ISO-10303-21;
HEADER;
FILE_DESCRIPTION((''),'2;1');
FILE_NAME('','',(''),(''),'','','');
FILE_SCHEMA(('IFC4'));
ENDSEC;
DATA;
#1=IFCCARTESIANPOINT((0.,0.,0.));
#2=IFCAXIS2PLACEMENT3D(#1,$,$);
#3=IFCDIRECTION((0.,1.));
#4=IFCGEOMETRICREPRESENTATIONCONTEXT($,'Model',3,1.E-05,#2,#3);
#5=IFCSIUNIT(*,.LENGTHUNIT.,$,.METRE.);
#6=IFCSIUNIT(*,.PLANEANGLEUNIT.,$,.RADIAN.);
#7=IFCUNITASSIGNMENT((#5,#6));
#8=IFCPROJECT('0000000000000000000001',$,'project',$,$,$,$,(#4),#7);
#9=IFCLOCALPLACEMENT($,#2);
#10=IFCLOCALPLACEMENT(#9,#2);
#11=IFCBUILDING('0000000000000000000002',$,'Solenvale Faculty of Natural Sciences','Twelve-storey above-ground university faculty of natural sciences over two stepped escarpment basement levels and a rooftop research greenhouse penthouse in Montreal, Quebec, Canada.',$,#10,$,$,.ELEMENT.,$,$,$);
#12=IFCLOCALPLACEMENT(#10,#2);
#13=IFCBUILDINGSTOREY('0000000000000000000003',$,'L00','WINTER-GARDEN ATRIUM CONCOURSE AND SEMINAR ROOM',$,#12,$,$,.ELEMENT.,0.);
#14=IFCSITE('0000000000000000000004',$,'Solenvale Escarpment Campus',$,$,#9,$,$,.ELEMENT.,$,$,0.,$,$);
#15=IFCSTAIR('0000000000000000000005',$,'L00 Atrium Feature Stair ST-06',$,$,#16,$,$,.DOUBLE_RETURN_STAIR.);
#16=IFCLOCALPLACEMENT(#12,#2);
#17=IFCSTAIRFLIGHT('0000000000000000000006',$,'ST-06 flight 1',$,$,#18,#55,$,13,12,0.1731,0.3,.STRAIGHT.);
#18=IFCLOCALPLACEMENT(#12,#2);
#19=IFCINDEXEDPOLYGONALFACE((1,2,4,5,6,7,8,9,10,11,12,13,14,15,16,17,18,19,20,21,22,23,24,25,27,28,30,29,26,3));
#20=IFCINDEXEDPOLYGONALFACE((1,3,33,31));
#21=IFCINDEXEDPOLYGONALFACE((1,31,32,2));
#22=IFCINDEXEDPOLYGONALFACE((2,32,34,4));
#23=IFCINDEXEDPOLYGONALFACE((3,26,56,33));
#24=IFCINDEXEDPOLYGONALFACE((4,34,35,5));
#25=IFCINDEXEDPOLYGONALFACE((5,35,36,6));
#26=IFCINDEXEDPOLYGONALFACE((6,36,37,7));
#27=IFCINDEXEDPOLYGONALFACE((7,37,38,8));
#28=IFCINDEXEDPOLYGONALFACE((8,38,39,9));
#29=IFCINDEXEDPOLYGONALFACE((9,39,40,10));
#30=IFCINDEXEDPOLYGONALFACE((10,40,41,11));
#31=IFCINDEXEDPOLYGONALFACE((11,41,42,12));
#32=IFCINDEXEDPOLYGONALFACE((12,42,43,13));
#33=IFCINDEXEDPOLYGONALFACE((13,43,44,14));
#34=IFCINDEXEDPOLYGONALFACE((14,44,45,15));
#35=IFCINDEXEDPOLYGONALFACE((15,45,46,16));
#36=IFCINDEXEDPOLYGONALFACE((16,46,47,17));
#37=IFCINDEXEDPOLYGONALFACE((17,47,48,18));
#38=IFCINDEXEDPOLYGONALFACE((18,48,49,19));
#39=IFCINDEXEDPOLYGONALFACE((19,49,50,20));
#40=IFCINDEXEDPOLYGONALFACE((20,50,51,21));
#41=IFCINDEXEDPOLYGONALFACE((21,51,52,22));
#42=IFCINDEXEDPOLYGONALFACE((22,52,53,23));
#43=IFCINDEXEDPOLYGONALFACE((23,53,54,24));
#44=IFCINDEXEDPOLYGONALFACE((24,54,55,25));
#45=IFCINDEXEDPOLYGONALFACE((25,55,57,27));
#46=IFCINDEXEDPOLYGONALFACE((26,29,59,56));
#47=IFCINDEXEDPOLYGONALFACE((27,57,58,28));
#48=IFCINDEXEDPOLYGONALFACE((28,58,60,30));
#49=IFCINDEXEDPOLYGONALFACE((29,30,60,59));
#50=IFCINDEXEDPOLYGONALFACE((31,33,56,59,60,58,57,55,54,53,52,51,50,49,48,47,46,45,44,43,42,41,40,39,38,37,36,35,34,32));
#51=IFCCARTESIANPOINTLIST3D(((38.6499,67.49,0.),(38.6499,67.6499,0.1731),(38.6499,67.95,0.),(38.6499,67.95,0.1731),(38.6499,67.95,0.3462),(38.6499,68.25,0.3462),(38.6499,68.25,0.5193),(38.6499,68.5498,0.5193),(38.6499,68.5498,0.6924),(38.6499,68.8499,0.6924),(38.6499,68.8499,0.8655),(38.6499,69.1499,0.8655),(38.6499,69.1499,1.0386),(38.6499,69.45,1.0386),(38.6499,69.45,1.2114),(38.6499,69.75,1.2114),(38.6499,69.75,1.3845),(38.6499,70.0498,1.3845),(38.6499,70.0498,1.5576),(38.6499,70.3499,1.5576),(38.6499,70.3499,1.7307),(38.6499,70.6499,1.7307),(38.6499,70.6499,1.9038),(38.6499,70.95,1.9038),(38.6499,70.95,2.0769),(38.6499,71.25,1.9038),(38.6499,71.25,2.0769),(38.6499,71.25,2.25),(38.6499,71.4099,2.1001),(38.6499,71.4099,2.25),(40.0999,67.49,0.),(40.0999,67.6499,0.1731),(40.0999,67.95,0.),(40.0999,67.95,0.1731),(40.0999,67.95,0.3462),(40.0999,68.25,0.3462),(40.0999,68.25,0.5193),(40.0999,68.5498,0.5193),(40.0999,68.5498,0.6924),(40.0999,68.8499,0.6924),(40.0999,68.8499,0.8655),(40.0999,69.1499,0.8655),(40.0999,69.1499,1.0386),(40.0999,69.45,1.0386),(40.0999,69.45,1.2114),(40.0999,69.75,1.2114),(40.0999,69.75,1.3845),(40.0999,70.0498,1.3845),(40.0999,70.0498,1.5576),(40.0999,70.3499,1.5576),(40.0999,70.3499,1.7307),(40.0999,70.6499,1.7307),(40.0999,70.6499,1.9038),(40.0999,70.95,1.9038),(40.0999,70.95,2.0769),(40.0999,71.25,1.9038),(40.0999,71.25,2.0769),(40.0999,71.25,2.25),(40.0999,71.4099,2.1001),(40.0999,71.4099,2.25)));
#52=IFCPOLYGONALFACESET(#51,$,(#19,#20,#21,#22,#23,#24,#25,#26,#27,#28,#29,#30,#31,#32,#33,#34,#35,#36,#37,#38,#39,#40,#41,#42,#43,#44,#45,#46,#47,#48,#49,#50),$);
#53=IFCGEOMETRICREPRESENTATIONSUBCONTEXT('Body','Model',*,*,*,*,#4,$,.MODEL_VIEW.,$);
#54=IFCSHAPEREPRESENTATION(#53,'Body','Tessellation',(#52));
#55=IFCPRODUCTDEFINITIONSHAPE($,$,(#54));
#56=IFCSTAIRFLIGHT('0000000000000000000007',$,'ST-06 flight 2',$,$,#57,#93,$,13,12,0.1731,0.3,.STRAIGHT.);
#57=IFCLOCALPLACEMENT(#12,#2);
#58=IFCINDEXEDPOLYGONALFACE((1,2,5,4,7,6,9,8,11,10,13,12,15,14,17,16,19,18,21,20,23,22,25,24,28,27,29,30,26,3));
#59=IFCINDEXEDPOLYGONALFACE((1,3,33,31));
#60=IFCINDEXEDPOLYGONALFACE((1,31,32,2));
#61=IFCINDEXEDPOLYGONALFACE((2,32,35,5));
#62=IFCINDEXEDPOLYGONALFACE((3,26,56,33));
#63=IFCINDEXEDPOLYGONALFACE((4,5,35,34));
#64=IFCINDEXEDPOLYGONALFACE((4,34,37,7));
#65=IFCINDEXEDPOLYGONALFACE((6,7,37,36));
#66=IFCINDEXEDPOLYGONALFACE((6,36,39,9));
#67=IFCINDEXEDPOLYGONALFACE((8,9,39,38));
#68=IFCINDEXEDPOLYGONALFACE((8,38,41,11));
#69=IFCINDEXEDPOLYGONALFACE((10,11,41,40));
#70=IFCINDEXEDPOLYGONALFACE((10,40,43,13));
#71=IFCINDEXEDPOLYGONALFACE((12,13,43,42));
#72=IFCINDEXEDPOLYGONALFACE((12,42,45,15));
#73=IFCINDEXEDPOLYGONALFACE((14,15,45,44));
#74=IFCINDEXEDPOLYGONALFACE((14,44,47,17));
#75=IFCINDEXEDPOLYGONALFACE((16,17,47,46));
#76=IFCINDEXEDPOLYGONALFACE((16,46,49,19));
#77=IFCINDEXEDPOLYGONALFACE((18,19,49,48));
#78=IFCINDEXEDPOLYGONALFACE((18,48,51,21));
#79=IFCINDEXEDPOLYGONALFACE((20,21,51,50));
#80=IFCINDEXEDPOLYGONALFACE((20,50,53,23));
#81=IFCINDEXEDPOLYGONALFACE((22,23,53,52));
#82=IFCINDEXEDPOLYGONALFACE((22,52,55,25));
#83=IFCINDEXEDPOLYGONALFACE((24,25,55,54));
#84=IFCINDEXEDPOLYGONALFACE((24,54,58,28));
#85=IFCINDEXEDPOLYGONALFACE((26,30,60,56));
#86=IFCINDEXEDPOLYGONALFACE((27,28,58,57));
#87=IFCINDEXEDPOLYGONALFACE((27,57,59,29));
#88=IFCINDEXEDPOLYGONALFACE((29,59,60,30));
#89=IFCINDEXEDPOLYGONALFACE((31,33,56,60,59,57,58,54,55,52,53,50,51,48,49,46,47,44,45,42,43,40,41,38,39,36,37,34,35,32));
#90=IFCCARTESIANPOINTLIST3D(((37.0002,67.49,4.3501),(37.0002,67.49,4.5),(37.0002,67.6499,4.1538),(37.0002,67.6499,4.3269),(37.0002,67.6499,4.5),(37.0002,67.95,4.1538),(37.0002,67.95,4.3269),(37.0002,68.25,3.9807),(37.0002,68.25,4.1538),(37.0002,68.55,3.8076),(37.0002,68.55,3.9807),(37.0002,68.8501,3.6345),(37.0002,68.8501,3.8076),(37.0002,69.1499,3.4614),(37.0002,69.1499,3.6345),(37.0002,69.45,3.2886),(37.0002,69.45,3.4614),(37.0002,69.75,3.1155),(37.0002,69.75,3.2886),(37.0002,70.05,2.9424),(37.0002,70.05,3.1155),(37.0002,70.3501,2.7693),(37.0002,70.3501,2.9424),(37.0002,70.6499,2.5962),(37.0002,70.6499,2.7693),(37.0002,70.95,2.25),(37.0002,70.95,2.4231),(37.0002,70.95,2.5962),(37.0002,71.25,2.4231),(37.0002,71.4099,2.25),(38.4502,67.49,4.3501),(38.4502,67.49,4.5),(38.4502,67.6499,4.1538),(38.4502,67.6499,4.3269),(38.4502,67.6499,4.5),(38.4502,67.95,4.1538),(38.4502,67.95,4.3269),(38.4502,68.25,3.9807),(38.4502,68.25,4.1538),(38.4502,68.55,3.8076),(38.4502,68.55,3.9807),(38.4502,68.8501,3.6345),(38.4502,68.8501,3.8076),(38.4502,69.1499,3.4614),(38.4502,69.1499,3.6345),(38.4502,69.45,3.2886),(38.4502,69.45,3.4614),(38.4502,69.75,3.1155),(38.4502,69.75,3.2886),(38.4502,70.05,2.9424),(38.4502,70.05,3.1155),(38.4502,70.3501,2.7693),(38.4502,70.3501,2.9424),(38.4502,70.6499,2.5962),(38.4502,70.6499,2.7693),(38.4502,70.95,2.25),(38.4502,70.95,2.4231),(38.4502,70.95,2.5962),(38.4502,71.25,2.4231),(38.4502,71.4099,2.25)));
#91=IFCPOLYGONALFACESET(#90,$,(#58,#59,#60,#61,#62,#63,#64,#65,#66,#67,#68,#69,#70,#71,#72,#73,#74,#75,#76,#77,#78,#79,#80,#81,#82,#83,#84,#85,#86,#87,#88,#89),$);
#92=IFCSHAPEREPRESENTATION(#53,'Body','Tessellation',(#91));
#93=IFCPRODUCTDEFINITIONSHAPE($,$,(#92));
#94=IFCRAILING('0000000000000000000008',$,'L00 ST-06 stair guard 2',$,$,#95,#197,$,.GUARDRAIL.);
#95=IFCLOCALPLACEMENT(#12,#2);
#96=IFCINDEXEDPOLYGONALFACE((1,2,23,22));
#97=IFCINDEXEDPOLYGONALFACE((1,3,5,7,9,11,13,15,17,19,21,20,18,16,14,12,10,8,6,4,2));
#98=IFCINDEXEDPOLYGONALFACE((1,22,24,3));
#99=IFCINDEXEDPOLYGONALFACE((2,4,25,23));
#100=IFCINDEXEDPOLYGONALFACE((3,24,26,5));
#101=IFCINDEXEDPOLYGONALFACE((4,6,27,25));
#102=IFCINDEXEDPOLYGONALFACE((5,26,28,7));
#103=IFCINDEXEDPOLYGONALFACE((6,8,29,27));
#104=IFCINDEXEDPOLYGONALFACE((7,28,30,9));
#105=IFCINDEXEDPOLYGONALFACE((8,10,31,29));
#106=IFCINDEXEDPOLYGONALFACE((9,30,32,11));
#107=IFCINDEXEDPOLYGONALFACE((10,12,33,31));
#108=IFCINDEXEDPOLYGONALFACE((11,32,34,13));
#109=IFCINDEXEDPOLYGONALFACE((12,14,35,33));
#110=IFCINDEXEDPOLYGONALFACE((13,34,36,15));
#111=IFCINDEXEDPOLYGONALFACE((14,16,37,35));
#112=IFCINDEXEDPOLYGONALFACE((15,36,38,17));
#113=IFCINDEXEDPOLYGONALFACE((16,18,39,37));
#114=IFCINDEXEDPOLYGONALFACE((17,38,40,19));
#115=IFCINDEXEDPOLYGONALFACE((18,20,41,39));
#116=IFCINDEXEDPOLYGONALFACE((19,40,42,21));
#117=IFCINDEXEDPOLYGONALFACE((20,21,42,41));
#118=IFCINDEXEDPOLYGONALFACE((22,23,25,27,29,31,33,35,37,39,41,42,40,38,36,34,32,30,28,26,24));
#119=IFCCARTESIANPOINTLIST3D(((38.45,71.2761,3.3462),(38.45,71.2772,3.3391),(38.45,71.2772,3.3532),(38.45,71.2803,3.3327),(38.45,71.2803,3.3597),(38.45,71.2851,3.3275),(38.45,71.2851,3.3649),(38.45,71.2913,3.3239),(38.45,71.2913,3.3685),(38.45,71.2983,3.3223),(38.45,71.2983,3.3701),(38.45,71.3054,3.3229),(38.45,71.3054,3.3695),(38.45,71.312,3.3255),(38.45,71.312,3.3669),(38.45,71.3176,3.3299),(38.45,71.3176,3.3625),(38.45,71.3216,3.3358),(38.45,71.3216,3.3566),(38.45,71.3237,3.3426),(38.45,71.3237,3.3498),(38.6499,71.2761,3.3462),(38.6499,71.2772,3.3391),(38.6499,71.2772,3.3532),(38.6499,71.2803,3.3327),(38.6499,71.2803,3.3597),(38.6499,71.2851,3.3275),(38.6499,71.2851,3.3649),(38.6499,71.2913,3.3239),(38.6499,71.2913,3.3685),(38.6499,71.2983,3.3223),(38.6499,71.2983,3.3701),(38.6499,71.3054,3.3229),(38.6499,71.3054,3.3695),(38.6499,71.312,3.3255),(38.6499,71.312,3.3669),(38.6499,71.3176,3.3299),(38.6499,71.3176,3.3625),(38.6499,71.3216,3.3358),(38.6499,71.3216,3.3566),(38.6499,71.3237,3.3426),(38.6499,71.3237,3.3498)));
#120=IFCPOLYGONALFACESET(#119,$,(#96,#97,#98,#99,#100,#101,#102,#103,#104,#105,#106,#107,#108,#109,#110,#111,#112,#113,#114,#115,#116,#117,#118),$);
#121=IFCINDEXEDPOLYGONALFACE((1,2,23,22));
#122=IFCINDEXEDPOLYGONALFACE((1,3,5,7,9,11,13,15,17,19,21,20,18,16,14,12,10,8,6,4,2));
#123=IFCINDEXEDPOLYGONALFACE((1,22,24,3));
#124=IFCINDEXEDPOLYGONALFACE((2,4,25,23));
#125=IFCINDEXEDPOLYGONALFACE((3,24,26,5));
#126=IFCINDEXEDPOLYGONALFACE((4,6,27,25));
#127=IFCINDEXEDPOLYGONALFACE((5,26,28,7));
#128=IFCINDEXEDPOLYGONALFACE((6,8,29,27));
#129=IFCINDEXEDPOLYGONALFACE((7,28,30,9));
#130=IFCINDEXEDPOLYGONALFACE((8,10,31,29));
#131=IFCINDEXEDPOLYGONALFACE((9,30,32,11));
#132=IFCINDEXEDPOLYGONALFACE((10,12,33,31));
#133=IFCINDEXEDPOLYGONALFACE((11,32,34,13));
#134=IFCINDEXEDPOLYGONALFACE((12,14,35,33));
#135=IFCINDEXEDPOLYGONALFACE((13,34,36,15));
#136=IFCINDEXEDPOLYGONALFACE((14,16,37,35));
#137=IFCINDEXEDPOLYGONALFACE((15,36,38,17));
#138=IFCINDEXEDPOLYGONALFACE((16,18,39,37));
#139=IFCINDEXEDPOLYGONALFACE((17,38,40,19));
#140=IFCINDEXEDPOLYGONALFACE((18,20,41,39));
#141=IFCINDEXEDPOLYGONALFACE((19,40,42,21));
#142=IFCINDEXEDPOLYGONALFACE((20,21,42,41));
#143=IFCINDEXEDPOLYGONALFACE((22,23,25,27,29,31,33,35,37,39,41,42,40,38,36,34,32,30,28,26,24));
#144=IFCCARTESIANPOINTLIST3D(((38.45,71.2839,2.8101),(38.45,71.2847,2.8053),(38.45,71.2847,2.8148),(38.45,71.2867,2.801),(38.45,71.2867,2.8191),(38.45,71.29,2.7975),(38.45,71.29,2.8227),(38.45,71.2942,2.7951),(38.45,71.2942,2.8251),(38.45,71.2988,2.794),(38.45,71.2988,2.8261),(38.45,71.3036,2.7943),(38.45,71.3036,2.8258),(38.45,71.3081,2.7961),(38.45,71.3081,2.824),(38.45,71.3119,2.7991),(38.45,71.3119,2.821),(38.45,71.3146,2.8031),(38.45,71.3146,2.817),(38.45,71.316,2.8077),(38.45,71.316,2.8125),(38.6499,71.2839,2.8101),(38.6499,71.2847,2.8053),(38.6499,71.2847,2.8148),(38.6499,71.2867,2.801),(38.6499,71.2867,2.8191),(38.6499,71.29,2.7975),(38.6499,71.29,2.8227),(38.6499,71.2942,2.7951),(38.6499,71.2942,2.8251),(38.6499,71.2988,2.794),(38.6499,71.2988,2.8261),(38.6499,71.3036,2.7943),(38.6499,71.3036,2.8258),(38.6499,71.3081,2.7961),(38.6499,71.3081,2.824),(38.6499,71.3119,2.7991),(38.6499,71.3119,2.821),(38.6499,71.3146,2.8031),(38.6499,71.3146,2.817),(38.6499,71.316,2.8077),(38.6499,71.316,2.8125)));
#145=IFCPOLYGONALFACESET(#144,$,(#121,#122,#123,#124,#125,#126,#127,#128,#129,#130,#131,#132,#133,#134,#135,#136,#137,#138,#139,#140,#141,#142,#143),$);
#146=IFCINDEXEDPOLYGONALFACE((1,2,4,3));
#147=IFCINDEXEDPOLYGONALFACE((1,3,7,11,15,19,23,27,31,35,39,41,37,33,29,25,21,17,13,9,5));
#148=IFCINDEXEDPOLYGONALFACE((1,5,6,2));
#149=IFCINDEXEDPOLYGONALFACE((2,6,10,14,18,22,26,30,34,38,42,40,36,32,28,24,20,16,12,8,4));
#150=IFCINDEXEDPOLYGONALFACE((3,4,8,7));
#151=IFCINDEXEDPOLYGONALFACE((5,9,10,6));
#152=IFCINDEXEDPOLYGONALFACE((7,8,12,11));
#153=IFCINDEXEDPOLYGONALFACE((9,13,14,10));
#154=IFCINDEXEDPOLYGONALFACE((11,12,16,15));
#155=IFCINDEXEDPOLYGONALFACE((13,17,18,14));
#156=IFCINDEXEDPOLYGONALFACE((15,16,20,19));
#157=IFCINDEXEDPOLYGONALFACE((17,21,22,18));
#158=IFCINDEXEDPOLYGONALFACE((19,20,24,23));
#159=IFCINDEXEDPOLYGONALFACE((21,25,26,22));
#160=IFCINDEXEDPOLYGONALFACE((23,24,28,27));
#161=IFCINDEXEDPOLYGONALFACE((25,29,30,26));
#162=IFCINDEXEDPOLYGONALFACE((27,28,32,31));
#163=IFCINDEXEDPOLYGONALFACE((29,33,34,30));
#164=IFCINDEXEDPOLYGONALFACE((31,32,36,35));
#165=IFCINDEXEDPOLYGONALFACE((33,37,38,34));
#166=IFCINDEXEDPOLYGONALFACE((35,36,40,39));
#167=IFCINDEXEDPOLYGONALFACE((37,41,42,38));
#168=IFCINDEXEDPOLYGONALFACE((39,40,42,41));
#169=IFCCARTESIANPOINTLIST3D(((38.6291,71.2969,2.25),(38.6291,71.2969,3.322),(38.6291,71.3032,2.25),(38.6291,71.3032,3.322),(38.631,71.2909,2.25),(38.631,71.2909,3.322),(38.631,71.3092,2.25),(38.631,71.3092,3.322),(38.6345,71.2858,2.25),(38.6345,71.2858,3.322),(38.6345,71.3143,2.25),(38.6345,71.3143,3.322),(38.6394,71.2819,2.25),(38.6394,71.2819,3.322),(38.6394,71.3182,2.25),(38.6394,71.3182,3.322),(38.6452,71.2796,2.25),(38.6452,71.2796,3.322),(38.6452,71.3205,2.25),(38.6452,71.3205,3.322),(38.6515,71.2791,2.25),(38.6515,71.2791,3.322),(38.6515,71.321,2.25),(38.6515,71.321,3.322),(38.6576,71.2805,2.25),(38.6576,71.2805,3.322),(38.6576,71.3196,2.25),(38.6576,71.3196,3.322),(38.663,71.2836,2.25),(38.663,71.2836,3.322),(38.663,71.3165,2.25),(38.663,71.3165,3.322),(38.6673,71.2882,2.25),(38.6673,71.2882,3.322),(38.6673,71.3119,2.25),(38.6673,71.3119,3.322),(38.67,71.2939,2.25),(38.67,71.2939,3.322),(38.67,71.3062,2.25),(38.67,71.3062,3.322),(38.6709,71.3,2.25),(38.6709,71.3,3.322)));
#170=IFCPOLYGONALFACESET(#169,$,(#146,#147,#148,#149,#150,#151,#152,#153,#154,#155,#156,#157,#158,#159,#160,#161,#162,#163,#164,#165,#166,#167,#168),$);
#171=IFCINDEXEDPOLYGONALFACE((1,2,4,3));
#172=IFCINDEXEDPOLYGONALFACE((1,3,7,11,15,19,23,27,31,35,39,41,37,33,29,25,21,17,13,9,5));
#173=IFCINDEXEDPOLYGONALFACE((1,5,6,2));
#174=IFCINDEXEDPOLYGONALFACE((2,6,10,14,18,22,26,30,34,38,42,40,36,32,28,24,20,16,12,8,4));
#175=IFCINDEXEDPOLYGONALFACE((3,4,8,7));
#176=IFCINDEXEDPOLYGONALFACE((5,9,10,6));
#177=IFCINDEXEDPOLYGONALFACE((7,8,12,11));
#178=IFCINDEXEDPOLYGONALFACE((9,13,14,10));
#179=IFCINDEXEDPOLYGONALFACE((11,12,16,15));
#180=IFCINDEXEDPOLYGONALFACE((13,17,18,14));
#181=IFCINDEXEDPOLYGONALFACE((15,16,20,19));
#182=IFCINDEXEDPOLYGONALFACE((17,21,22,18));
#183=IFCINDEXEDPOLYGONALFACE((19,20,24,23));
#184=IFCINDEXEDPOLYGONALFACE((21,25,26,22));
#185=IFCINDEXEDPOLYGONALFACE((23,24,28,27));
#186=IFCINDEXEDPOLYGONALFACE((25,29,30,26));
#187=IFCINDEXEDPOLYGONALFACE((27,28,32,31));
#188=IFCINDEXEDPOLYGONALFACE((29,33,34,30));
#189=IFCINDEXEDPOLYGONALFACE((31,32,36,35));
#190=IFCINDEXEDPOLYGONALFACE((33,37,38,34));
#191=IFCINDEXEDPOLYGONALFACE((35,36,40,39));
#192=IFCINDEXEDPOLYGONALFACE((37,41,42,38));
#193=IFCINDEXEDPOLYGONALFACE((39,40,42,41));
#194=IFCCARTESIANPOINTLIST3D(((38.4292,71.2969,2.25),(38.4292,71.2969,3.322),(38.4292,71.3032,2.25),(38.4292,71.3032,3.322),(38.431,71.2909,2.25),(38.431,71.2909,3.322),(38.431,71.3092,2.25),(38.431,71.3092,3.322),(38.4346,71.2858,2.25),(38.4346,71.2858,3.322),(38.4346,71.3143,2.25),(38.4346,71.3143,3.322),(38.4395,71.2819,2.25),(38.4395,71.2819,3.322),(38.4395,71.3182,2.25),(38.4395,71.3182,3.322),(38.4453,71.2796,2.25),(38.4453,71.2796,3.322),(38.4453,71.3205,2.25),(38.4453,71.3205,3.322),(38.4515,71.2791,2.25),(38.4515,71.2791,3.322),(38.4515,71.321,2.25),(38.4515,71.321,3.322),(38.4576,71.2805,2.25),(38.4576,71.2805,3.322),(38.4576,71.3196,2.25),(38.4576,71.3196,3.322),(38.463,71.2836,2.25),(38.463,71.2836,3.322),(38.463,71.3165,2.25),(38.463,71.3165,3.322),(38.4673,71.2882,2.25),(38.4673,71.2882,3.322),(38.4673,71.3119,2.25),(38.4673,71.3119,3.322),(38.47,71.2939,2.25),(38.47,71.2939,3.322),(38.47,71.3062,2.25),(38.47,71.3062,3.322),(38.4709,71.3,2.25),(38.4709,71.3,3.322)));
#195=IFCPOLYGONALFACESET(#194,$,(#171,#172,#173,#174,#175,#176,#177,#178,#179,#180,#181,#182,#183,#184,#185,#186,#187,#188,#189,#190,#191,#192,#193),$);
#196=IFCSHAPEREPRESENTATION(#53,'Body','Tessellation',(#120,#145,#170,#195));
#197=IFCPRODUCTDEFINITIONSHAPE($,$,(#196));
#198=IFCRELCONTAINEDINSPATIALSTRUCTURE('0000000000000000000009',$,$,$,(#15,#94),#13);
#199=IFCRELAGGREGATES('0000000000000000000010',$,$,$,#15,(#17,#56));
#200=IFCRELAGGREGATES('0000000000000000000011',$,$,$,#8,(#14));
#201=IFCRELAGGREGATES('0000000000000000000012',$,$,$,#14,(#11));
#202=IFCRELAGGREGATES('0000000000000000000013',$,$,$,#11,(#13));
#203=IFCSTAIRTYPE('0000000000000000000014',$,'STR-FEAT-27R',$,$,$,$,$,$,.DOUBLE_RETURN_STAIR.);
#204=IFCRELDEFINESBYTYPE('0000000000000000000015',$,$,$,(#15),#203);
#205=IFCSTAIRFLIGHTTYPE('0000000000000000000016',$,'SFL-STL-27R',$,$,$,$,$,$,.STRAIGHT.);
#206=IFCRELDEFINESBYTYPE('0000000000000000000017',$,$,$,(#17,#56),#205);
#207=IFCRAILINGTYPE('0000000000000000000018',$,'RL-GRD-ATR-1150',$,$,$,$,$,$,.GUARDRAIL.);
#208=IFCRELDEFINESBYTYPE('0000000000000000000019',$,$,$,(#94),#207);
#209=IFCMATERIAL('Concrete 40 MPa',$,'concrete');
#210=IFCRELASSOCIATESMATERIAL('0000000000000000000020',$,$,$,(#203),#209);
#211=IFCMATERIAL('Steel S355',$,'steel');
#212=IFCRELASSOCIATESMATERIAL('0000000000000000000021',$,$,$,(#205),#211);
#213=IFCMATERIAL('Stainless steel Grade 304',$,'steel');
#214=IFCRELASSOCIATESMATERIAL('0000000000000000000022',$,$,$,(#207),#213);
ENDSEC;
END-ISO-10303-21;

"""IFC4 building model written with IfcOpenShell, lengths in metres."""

from ifc_helpers import new_model, si_unit, direction, frame, origin, origin_2d, place, context, subcontext, project, spatial, polyline, circle, outline, extrude, material, type_object, element, aggregate, save


model = new_model("IFC4")

# Units and contexts
model_context = context("Model", 3, precision=1e-05, world=origin(), true_north=direction((0.0, 1.0)))
body_context = subcontext(model_context, "Body", "Model", "MODEL_VIEW")
ifc_project = project(units=[si_unit("LENGTHUNIT", "METRE"), si_unit("PLANEANGLEUNIT", "RADIAN")], contexts=[model_context])

# Site, building, storey
site_placement = place(None, origin())
site = spatial("IfcSite", under=ifc_project, at=site_placement, Name="Solenvale Escarpment Campus", CompositionType="ELEMENT", RefElevation=0.0)
building_placement = place(site_placement, origin())
building = spatial("IfcBuilding", under=site, at=building_placement, Name="Solenvale Faculty of Natural Sciences", Description="Twelve-storey above-ground university faculty of natural sciences over two stepped escarpment basement levels and a rooftop research greenhouse penthouse in Montreal, Quebec, Canada.", CompositionType="ELEMENT")
storey_placement = place(building_placement, origin())
storey = spatial("IfcBuildingStorey", under=building, at=storey_placement, Name="L00", Description="WINTER-GARDEN ATRIUM CONCOURSE AND SEMINAR ROOM", CompositionType="ELEMENT", Elevation=0.0)

# Shared definitions
ifc_material_1 = material(Name="Steel S355", Category="steel")

# Shared definitions
ifc_material_2 = material(Name="Concrete 40 MPa", Category="concrete")

# Stair, stair flights
stair_type = type_object("IfcStairType", Name="STR-FEAT-27R", PredefinedType="DOUBLE_RETURN_STAIR", material=ifc_material_2)
stair_placement = place(storey_placement, origin())
stair = element("IfcStair", 1, at=stair_placement, inside=storey, type_object=stair_type, Name="L00 Atrium Feature Stair ST-06", PredefinedType="DOUBLE_RETURN_STAIR")
stair_flight_type = type_object("IfcStairFlightType", Name="SFL-STL-27R", PredefinedType="STRAIGHT", material=ifc_material_1)
stair_flight_1_placement = place(storey_placement, frame((39.375, 67.6499, 0.0), z_axis=(0.0, 0.0, 1.0), x_axis=(0.0, 1.0, 0.0)))
stair_flight_1 = element("IfcStairFlight", 2, at=stair_flight_1_placement, type_object=stair_flight_type, Name="ST-06 flight 1", NumberOfRisers=13, NumberOfTreads=12, PredefinedType="STRAIGHT", RiserHeight=0.1731, TreadLength=0.3, context=body_context, shape_type="SweptSolid", body=[
    extrude(outline(polyline([(-0.1599, 0.0), (0.0, 0.1731), (0.3, 0.1731), (0.3, 0.3462), (0.6001, 0.3462), (0.6001, 0.5193), (0.8999, 0.5193), (0.8999, 0.6924), (1.2, 0.6924), (1.2, 0.8655), (1.5, 0.8655), (1.5, 1.0386), (1.8, 1.0386), (1.8, 1.2114), (2.1001, 1.2114), (2.1001, 1.3845), (2.3999, 1.3845), (2.3999, 1.5576), (2.7, 1.5576), (2.7, 1.7307), (3.0, 1.7307), (3.0, 1.9038), (3.3, 1.9038), (3.3, 2.0769), (3.6001, 2.0769), (3.6001, 2.25), (3.76, 2.25), (3.76, 2.1001), (3.6001, 1.9038), (0.3, 0.0), (-0.1599, 0.0)])), frame((0.0, 0.7251, 0.0), z_axis=(0.0, -1.0, 0.0), x_axis=(1.0, 0.0, 0.0)), (0.0, 0.0, 1.0), 1.45),
])
stair_flight_2_placement = place(storey_placement, frame((37.7251, 71.25, 2.25), z_axis=(0.0, 0.0, 1.0), x_axis=(0.0, -1.0, 0.0)))
stair_flight_2 = element("IfcStairFlight", 3, at=stair_flight_2_placement, type_object=stair_flight_type, Name="ST-06 flight 2", NumberOfRisers=13, NumberOfTreads=12, PredefinedType="STRAIGHT", RiserHeight=0.1731, TreadLength=0.3, context=body_context, shape_type="SweptSolid", body=[
    extrude(outline(polyline([(-0.1599, 0.0), (0.0, 0.1731), (0.3, 0.1731), (0.3, 0.3462), (0.6001, 0.3462), (0.6001, 0.5193), (0.8999, 0.5193), (0.8999, 0.6924), (1.2, 0.6924), (1.2, 0.8655), (1.5, 0.8655), (1.5, 1.0386), (1.8, 1.0386), (1.8, 1.2114), (2.1001, 1.2114), (2.1001, 1.3845), (2.3999, 1.3845), (2.3999, 1.5576), (2.7, 1.5576), (2.7, 1.7307), (3.0, 1.7307), (3.0, 1.9038), (3.3, 1.9038), (3.3, 2.0769), (3.6001, 2.0769), (3.6001, 2.25), (3.76, 2.25), (3.76, 2.1001), (3.6001, 1.9038), (0.3, 0.0), (-0.1599, 0.0)])), frame((0.0, 0.7251, 0.0), z_axis=(0.0, -1.0, 0.0), x_axis=(1.0, 0.0, 0.0)), (0.0, 0.0, 1.0), 1.45),
])
aggregate(stair, [stair_flight_1, stair_flight_2])

# Railing
ifc_material_3 = material(Name="Stainless steel Grade 304", Category="steel")
railing_type_1 = type_object("IfcRailingType", Name="RL-GRD-ATR-1150", PredefinedType="GUARDRAIL", material=ifc_material_3)
railing_1_placement = place(storey_placement, frame((38.6499, 71.3, 2.25)))
element("IfcRailing", 4, at=railing_1_placement, inside=storey, type_object=railing_type_1, Name="L00 ST-06 stair guard 2", PredefinedType="GUARDRAIL", context=body_context, shape_type="SweptSolid", body=[
    extrude(circle(Radius=0.0239, at=origin_2d()), frame((0.0, 0.0, 1.0962), z_axis=(-1.0, 0.0, 0.0), x_axis=(0.0, -1.0, 0.0)), (0.0, 0.0, 1.0), 0.2),
    extrude(circle(Radius=0.0161, at=origin_2d()), frame((0.0, 0.0, 0.5601), z_axis=(-1.0, 0.0, 0.0), x_axis=(0.0, -1.0, 0.0)), (0.0, 0.0, 1.0), 0.2),
    extrude(circle(Radius=0.021, at=origin_2d()), origin(), (0.0, 0.0, 1.0), 1.072),
    extrude(circle(Radius=0.021, at=origin_2d()), frame((-0.2, 0.0, 0.0)), (0.0, 0.0, 1.0), 1.072),
])

save(model, "model.ifc")
